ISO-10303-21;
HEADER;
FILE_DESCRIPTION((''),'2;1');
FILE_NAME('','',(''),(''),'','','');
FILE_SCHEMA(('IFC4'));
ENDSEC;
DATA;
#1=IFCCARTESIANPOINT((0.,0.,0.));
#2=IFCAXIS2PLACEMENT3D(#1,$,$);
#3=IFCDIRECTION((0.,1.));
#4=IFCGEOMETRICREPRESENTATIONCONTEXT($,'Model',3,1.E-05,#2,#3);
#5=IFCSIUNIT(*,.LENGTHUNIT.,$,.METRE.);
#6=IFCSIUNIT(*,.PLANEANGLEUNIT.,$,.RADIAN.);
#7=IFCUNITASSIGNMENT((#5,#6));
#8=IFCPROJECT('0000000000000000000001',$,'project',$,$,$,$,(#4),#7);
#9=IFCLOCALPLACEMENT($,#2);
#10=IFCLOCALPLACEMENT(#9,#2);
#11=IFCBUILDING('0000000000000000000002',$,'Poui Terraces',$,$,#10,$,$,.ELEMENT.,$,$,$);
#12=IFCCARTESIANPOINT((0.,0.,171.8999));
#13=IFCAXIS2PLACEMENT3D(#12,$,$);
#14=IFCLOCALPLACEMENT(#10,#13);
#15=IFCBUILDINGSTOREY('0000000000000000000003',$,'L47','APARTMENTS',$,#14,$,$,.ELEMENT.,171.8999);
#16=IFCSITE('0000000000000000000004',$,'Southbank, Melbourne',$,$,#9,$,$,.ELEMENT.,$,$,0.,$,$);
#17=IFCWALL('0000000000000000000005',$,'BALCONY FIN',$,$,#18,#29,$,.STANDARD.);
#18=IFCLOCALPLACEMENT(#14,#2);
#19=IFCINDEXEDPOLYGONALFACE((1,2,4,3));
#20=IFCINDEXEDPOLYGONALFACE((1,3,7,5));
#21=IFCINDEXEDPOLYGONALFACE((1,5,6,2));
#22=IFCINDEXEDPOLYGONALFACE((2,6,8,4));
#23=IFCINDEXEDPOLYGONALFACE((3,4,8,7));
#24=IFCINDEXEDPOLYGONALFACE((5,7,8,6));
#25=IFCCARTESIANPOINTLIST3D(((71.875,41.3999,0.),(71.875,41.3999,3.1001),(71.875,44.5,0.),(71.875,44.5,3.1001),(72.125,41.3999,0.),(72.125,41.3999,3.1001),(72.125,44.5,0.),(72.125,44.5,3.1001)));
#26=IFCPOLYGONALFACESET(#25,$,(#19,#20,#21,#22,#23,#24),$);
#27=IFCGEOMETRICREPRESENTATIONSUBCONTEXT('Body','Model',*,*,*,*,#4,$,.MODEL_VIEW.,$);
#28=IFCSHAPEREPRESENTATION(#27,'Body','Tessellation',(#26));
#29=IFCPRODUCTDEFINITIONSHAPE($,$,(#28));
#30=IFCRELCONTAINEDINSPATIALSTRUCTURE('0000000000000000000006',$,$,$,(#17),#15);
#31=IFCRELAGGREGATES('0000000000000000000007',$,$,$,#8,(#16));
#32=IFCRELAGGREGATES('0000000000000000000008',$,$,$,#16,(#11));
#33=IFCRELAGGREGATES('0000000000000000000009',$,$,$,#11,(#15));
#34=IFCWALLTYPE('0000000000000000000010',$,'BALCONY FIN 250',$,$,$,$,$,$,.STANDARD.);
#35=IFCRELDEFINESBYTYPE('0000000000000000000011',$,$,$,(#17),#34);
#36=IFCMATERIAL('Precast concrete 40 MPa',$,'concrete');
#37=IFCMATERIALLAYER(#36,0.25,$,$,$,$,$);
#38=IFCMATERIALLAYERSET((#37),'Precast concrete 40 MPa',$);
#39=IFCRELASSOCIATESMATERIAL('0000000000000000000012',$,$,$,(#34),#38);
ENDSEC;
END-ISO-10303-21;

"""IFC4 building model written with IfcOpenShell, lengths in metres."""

from ifc_helpers import new_model, si_unit, direction, frame, origin, place, context, subcontext, project, spatial, polyline, outline, extrude, source, transform, mapped, material, layer, layer_set, type_object, element, save


model = new_model("IFC4")

# Units and contexts
model_context = context("Model", 3, precision=1e-05, world=origin(), true_north=direction((0.0, 1.0)))
body_context = subcontext(model_context, "Body", "Model", "MODEL_VIEW")
ifc_project = project(units=[si_unit("LENGTHUNIT", "METRE"), si_unit("PLANEANGLEUNIT", "RADIAN")], contexts=[model_context])

# Site, building, storey
site_placement = place(None, origin())
site = spatial("IfcSite", under=ifc_project, at=site_placement, Name="Southbank, Melbourne", CompositionType="ELEMENT", RefElevation=0.0)
building_placement = place(site_placement, origin())
building = spatial("IfcBuilding", under=site, at=building_placement, Name="Poui Terraces", CompositionType="ELEMENT")
storey_placement = place(building_placement, frame((0.0, 0.0, 171.8999)))
storey = spatial("IfcBuildingStorey", under=building, at=storey_placement, Name="L47", Description="APARTMENTS", CompositionType="ELEMENT", Elevation=171.8999)

# Wall
ifc_material_1 = material(Name="Precast concrete 40 MPa", Category="concrete")
ifc_layer_1 = layer(ifc_material_1, 0.25)
ifc_layer_set_1 = layer_set([ifc_layer_1], Name="Precast concrete 40 MPa")
wall_type_1 = type_object("IfcWallType", Name="BALCONY FIN 250", PredefinedType="STANDARD", material=ifc_layer_set_1)
shared_shape_1 = source(origin(), body_context, "Body", "SweptSolid", [
    extrude(outline(polyline([(0.0, 0.0), (0.25, 0.0), (0.25, 3.1001), (0.0, 3.1001), (0.0, 0.0)])), origin(), (0.0, 0.0, 1.0), 3.1001),
])
for number, where, name in (
    (1, (71.875, 41.3999, 0.0), "BALCONY FIN"),
):
    element("IfcWall", number, at=place(storey_placement, frame(where)), inside=storey, type_object=wall_type_1, Name=name, PredefinedType="STANDARD", context=body_context, shape_type="MappedRepresentation", body=[
        mapped(shared_shape_1, transform((0.0, 0.0, 0.0))),
    ])

save(model, "model.ifc")
